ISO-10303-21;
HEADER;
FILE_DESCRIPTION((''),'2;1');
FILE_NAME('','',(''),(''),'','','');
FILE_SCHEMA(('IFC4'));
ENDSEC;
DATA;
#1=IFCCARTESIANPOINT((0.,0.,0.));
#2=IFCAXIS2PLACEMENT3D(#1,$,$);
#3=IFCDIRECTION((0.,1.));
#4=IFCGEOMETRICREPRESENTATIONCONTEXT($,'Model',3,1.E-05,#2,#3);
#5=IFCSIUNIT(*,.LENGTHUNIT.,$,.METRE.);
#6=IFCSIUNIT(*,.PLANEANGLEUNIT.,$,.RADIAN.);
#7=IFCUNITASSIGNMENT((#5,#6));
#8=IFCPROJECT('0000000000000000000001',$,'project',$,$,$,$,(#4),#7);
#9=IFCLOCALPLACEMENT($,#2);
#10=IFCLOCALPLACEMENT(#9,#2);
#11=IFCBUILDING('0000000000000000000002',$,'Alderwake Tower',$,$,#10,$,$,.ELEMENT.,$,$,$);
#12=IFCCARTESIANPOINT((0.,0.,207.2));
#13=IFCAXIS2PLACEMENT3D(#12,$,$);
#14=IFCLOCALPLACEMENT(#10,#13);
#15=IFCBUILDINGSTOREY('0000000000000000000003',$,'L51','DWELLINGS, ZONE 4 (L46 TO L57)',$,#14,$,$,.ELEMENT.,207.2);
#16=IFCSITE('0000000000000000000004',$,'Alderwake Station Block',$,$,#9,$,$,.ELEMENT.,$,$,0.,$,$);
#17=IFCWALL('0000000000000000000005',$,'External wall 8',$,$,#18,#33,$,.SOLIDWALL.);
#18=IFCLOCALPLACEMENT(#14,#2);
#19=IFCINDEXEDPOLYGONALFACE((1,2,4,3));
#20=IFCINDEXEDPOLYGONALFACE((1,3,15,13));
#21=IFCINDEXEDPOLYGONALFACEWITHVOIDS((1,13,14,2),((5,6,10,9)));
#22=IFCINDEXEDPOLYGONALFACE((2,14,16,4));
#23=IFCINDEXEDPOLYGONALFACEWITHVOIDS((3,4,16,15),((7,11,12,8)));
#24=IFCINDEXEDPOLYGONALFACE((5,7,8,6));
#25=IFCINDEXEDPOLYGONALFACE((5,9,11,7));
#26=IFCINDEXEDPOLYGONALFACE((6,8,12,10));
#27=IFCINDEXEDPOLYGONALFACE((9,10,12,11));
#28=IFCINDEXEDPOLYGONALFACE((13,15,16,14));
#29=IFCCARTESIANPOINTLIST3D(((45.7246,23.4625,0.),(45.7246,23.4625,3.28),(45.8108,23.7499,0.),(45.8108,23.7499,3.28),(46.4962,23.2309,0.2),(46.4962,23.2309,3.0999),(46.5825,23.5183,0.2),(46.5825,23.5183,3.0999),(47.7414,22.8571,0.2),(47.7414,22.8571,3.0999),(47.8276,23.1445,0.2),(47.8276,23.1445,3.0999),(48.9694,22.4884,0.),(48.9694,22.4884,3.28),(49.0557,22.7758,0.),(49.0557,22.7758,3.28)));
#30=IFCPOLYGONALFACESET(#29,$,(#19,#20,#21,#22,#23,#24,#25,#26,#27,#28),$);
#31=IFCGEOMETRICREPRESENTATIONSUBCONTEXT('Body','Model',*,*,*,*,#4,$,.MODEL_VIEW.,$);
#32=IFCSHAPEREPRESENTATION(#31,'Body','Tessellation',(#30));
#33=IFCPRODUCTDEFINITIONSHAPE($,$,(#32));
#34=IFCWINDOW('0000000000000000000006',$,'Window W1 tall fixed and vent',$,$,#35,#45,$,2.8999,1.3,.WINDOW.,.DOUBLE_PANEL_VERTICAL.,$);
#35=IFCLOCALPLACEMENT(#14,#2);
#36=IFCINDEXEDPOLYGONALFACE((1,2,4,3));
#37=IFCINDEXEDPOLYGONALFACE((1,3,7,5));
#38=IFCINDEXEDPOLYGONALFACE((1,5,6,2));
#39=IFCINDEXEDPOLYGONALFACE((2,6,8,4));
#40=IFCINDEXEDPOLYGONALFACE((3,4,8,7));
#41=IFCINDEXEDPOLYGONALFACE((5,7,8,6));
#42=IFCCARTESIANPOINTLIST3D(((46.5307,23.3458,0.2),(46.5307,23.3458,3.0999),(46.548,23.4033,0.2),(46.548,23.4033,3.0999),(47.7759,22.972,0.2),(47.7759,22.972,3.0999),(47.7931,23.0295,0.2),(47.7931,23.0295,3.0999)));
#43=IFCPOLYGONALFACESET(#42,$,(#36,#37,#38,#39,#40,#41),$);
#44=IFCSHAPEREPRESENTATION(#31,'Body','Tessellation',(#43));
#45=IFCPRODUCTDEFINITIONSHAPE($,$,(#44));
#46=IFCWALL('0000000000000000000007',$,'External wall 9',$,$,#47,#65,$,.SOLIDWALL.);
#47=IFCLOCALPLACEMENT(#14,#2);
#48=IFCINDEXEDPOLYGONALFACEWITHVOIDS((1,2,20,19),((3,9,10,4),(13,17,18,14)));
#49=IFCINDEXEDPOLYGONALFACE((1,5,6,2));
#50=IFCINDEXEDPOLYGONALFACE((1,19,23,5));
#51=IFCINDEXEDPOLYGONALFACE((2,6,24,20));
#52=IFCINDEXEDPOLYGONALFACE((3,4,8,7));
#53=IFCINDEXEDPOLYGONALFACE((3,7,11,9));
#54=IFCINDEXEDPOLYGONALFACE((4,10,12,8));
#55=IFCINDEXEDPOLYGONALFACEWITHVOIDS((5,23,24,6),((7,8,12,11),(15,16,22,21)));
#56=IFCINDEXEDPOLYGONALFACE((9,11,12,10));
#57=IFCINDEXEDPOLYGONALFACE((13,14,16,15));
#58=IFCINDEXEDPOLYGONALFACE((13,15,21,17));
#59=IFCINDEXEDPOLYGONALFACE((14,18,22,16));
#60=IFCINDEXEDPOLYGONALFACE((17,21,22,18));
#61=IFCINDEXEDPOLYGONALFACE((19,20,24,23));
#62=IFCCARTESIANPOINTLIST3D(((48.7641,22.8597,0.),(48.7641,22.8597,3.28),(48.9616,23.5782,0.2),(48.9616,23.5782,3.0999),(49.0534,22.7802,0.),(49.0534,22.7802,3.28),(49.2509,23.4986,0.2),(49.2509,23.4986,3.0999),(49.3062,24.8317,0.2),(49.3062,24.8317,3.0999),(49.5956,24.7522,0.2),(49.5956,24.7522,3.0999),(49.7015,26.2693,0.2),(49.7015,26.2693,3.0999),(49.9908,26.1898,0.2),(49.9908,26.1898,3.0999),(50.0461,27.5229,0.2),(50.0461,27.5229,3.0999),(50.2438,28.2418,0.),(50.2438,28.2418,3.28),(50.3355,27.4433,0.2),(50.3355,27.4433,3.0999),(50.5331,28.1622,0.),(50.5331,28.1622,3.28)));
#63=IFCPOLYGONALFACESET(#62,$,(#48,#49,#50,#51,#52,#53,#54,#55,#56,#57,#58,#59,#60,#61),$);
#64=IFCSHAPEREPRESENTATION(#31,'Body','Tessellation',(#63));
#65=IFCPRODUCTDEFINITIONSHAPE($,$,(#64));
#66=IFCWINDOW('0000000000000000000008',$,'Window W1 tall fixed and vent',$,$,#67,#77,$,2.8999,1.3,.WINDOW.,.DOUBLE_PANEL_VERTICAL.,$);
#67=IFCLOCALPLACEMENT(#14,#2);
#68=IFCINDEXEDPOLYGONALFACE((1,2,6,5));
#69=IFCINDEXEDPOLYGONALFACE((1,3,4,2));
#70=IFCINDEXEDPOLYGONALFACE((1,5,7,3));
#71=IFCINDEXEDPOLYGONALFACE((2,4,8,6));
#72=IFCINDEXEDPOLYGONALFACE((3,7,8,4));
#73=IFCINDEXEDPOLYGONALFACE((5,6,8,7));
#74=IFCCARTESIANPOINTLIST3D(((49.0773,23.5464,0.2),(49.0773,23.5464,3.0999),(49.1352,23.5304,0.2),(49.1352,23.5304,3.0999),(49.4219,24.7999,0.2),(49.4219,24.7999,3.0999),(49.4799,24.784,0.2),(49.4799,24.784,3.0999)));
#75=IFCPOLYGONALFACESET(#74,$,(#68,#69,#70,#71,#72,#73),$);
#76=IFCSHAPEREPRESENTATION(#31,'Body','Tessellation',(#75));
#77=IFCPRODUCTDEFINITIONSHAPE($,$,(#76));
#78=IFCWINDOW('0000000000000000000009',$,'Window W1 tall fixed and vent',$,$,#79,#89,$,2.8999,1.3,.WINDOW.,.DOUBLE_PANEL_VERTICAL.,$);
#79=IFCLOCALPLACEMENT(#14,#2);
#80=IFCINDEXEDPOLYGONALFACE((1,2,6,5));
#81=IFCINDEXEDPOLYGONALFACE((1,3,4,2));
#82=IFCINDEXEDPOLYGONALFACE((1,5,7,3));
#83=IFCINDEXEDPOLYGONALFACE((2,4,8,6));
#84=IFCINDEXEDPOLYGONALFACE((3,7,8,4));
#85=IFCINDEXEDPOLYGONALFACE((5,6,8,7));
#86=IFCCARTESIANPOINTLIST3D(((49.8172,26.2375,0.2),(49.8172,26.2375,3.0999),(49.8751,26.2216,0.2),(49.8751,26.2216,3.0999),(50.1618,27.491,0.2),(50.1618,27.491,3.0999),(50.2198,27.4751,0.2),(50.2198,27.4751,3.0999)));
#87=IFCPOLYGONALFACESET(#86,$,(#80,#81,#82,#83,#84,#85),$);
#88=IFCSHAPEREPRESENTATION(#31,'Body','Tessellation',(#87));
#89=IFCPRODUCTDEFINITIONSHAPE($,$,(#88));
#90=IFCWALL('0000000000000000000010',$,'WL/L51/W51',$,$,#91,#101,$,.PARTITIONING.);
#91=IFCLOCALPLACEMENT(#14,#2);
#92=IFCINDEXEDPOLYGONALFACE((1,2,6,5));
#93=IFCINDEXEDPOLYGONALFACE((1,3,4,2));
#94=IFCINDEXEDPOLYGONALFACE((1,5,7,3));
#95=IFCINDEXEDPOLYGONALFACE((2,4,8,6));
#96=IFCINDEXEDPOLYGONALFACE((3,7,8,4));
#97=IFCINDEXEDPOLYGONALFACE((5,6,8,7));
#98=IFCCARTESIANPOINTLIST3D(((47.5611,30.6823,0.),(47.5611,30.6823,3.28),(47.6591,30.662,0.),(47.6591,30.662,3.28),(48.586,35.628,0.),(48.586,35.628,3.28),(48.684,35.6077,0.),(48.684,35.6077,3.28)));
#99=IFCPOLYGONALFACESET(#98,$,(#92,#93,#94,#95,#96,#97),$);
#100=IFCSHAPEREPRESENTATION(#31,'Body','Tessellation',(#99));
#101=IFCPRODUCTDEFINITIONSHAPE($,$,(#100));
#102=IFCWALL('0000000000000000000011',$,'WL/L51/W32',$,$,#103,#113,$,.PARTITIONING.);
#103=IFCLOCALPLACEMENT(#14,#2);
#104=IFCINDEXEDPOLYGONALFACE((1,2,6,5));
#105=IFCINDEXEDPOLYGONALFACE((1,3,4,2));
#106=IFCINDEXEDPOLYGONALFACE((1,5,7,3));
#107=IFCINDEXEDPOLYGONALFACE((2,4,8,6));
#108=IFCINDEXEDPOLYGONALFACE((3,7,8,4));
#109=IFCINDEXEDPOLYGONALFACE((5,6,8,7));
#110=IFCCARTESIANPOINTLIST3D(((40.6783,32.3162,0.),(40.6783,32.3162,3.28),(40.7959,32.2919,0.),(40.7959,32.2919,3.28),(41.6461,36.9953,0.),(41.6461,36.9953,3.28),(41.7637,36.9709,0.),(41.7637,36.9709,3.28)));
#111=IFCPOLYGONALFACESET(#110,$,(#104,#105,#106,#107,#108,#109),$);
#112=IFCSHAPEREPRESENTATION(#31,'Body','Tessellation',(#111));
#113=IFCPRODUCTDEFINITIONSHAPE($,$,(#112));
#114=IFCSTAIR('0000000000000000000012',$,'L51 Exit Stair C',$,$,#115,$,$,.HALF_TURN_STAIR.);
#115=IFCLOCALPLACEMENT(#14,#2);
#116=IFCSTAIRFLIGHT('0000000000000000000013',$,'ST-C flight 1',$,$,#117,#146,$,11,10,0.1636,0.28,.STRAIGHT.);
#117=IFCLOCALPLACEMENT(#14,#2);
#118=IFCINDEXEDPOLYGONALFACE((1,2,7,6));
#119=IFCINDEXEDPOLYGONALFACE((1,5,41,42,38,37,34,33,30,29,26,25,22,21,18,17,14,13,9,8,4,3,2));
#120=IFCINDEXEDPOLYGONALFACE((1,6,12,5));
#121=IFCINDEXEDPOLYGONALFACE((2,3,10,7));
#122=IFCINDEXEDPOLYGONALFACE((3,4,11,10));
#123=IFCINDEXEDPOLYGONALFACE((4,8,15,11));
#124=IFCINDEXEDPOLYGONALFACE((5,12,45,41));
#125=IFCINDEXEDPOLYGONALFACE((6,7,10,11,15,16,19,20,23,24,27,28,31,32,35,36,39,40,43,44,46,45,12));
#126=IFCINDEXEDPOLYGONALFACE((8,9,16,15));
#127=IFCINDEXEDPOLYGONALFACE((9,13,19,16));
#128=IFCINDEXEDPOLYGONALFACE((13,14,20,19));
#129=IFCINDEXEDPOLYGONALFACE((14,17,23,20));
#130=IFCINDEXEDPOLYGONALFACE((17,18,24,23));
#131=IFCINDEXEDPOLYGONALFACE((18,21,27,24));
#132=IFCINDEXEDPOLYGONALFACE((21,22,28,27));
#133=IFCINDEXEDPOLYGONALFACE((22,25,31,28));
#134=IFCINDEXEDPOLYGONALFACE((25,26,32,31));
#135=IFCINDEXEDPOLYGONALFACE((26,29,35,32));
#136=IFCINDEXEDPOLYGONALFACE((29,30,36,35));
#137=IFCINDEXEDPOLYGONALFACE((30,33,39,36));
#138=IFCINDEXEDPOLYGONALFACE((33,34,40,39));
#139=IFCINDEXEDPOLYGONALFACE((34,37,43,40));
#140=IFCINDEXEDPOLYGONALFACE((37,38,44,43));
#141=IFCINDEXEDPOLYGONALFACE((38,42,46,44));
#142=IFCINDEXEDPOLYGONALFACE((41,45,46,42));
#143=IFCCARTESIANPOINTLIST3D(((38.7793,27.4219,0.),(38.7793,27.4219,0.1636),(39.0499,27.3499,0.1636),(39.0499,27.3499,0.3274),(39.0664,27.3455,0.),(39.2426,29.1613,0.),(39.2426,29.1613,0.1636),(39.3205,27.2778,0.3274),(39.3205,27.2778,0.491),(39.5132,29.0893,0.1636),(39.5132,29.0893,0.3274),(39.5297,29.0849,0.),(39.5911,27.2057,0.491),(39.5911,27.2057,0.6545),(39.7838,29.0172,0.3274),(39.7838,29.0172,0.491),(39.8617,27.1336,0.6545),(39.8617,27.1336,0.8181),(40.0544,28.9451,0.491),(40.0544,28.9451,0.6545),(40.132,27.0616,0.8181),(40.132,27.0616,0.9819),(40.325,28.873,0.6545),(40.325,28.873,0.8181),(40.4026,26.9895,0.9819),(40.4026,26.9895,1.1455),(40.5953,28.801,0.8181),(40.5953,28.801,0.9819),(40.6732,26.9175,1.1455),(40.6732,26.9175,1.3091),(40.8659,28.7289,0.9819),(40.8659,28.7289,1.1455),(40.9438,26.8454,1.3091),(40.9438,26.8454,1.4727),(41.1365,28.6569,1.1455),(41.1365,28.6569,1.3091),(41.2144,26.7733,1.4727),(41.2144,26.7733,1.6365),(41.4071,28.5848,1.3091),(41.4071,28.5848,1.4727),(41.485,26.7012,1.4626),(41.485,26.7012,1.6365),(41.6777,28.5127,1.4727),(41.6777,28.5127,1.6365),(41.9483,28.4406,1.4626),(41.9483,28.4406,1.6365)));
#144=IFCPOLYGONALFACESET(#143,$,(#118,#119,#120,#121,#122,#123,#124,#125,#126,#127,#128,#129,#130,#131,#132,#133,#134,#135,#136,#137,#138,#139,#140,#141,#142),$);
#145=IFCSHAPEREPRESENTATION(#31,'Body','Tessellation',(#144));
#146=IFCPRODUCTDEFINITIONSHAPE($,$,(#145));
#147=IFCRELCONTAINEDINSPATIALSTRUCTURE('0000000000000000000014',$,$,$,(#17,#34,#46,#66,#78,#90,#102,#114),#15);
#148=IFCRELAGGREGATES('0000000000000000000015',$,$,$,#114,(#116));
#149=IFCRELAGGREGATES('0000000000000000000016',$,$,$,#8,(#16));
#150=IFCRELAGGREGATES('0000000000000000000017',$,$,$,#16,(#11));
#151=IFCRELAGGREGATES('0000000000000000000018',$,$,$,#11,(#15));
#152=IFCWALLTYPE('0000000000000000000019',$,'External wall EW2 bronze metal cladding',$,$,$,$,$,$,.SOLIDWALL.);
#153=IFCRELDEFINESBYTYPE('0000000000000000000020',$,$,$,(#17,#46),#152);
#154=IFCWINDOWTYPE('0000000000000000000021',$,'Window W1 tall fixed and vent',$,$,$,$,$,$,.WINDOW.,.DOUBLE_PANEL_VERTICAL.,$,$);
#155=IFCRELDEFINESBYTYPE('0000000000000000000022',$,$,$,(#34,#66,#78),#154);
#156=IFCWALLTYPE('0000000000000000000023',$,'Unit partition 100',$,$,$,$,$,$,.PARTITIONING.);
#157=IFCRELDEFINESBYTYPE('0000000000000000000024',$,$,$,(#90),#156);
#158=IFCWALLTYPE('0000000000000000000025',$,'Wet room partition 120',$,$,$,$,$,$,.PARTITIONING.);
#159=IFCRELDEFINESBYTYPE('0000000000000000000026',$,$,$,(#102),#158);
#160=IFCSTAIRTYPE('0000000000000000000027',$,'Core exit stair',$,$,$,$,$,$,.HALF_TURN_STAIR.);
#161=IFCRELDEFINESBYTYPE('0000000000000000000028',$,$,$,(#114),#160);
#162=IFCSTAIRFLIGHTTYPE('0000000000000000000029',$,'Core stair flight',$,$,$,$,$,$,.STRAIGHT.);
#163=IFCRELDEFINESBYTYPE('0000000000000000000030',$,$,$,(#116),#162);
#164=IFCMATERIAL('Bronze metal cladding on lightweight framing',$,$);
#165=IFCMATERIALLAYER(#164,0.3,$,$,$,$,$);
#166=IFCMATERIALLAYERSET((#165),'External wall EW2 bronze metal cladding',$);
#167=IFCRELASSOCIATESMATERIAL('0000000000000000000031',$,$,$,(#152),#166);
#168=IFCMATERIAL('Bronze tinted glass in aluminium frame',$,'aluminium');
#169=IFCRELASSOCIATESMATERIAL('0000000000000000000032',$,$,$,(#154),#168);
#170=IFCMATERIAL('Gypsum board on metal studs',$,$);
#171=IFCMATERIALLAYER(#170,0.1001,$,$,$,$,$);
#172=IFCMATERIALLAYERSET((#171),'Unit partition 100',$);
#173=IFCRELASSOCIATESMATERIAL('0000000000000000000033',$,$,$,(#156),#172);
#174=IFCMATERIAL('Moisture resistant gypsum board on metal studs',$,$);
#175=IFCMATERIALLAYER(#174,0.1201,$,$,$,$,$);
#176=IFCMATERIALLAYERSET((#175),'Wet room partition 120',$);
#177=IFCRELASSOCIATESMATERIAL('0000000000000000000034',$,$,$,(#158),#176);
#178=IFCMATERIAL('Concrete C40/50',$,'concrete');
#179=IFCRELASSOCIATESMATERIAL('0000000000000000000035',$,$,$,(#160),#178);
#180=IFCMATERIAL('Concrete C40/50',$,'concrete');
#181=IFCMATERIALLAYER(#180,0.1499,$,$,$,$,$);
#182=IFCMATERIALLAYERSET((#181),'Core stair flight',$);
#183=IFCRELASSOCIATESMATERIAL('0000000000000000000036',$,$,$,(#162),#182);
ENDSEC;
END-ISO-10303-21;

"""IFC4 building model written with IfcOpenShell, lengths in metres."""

from ifc_helpers import new_model, si_unit, direction, frame, frame_2d, origin, place, context, subcontext, project, spatial, polyline, rectangle, outline, extrude, material, layer, layer_set, type_object, element, fill, aggregate, save


model = new_model("IFC4")

# Units and contexts
model_context = context("Model", 3, precision=1e-05, world=origin(), true_north=direction((0.0, 1.0)))
body_context = subcontext(model_context, "Body", "Model", "MODEL_VIEW")
ifc_project = project(units=[si_unit("LENGTHUNIT", "METRE"), si_unit("PLANEANGLEUNIT", "RADIAN")], contexts=[model_context])

# Site, building, storey
site_placement = place(None, origin())
site = spatial("IfcSite", under=ifc_project, at=site_placement, Name="Alderwake Station Block", CompositionType="ELEMENT", RefElevation=0.0)
building_placement = place(site_placement, origin())
building = spatial("IfcBuilding", under=site, at=building_placement, Name="Alderwake Tower", CompositionType="ELEMENT")
storey_placement = place(building_placement, frame((0.0, 0.0, 207.2)))
storey = spatial("IfcBuildingStorey", under=building, at=storey_placement, Name="L51", Description="DWELLINGS, ZONE 4 (L46 TO L57)", CompositionType="ELEMENT", Elevation=207.2)

# Wall, opening, window
ifc_material_1 = material(Name="Bronze metal cladding on lightweight framing")
ifc_layer_1 = layer(ifc_material_1, 0.3)
ifc_layer_set_1 = layer_set([ifc_layer_1], Name="External wall EW2 bronze metal cladding")
wall_type_1 = type_object("IfcWallType", Name="External wall EW2 bronze metal cladding", PredefinedType="SOLIDWALL", material=ifc_layer_set_1)
ifc_material_2 = material(Name="Bronze tinted glass in aluminium frame", Category="aluminium")
window_type = type_object("IfcWindowType", Name="Window W1 tall fixed and vent", PartitioningType="DOUBLE_PANEL_VERTICAL", PredefinedType="WINDOW", material=ifc_material_2)
wall_1_placement = place(storey_placement, frame((45.7678, 23.6062, 0.0), z_axis=(0.0, 0.0, 1.0), x_axis=(0.957773, -0.287526, 0.0)))
wall_1 = element("IfcWall", 1, at=wall_1_placement, inside=storey, type_object=wall_type_1, Name="External wall 8", PredefinedType="SOLIDWALL", context=body_context, shape_type="SweptSolid", body=[
    extrude(rectangle(XDim=3.3879, YDim=0.3, at=frame_2d((1.6938, 0.0))), origin(), (0.0, 0.0, 1.0), 3.28),
])
opening_1_placement = place(wall_1_placement, frame((0.8057, 0.0, 0.2)))
opening_1 = element("IfcOpeningElement", 2, at=opening_1_placement, cuts=wall_1, PredefinedType="OPENING", context=body_context, shape_type="SweptSolid", body=[
    extrude(rectangle(XDim=1.3, YDim=2.8999, at=frame_2d((0.6499, 1.45))), frame((0.0, 0.1599, 0.0), z_axis=(0.0, -1.0, 0.0), x_axis=(1.0, 0.0, 0.0)), (0.0, 0.0, 1.0), 0.3201),
])
window_1_placement = place(opening_1_placement, origin())
window_1 = element("IfcWindow", 3, at=window_1_placement, inside=storey, type_object=window_type, Name="Window W1 tall fixed and vent", OverallHeight=2.8999, OverallWidth=1.3, PartitioningType="DOUBLE_PANEL_VERTICAL", PredefinedType="WINDOW", context=body_context, shape_type="SweptSolid", body=[
    extrude(rectangle(XDim=1.3, YDim=2.8999, at=frame_2d((0.6499, 1.45))), frame((0.0, 0.03, 0.0), z_axis=(0.0, -1.0, 0.0), x_axis=(1.0, 0.0, 0.0)), (0.0, 0.0, 1.0), 0.0601),
])
fill(opening_1, window_1)

# Wall, openings, windows
wall_2_placement = place(storey_placement, frame((48.9087, 22.8198, 0.0), z_axis=(0.0, 0.0, 1.0), x_axis=(0.265101, 0.964221, 0.0)))
wall_2 = element("IfcWall", 4, at=wall_2_placement, inside=storey, type_object=wall_type_1, Name="External wall 9", PredefinedType="SOLIDWALL", context=body_context, shape_type="SweptSolid", body=[
    extrude(rectangle(XDim=5.5818, YDim=0.3, at=frame_2d((2.791, 0.0))), origin(), (0.0, 0.0, 1.0), 3.28),
])
opening_2_placement = place(wall_2_placement, frame((0.7454, 0.0, 0.2)))
opening_2 = element("IfcOpeningElement", 5, at=opening_2_placement, cuts=wall_2, PredefinedType="OPENING", context=body_context, shape_type="SweptSolid", body=[
    extrude(rectangle(XDim=1.3, YDim=2.8999, at=frame_2d((0.6499, 1.45))), frame((0.0, 0.1599, 0.0), z_axis=(0.0, -1.0, 0.0), x_axis=(1.0, 0.0, 0.0)), (0.0, 0.0, 1.0), 0.3201),
])
opening_3_placement = place(wall_2_placement, frame((3.5364, 0.0, 0.2)))
opening_3 = element("IfcOpeningElement", 6, at=opening_3_placement, cuts=wall_2, PredefinedType="OPENING", context=body_context, shape_type="SweptSolid", body=[
    extrude(rectangle(XDim=1.3, YDim=2.8999, at=frame_2d((0.6499, 1.45))), frame((0.0, 0.1599, 0.0), z_axis=(0.0, -1.0, 0.0), x_axis=(1.0, 0.0, 0.0)), (0.0, 0.0, 1.0), 0.3201),
])
window_2_placement = place(opening_2_placement, origin())
window_2 = element("IfcWindow", 7, at=window_2_placement, inside=storey, type_object=window_type, Name="Window W1 tall fixed and vent", OverallHeight=2.8999, OverallWidth=1.3, PartitioningType="DOUBLE_PANEL_VERTICAL", PredefinedType="WINDOW", context=body_context, shape_type="SweptSolid", body=[
    extrude(rectangle(XDim=1.3, YDim=2.8999, at=frame_2d((0.6499, 1.45))), frame((0.0, 0.03, 0.0), z_axis=(0.0, -1.0, 0.0), x_axis=(1.0, 0.0, 0.0)), (0.0, 0.0, 1.0), 0.0601),
])
fill(opening_2, window_2)
window_3_placement = place(opening_3_placement, origin())
window_3 = element("IfcWindow", 8, at=window_3_placement, inside=storey, type_object=window_type, Name="Window W1 tall fixed and vent", OverallHeight=2.8999, OverallWidth=1.3, PartitioningType="DOUBLE_PANEL_VERTICAL", PredefinedType="WINDOW", context=body_context, shape_type="SweptSolid", body=[
    extrude(rectangle(XDim=1.3, YDim=2.8999, at=frame_2d((0.6499, 1.45))), frame((0.0, 0.03, 0.0), z_axis=(0.0, -1.0, 0.0), x_axis=(1.0, 0.0, 0.0)), (0.0, 0.0, 1.0), 0.0601),
])
fill(opening_3, window_3)

# Walls
ifc_material_3 = material(Name="Gypsum board on metal studs")
ifc_layer_2 = layer(ifc_material_3, 0.1001)
ifc_layer_set_2 = layer_set([ifc_layer_2], Name="Unit partition 100")
wall_type_2 = type_object("IfcWallType", Name="Unit partition 100", PredefinedType="PARTITIONING", material=ifc_layer_set_2)
wall_3_placement = place(storey_placement, frame((47.6101, 30.6721, 0.0), z_axis=(0.0, 0.0, 1.0), x_axis=(0.202916, 0.979196, 0.0)))
element("IfcWall", 9, at=wall_3_placement, inside=storey, type_object=wall_type_2, Name="WL/L51/W51", PredefinedType="PARTITIONING", context=body_context, shape_type="SweptSolid", body=[
    extrude(rectangle(XDim=5.0508, YDim=0.1001, at=frame_2d((2.5254, 0.0))), origin(), (0.0, 0.0, 1.0), 3.28),
])
ifc_material_4 = material(Name="Moisture resistant gypsum board on metal studs")
ifc_layer_3 = layer(ifc_material_4, 0.1201)
ifc_layer_set_3 = layer_set([ifc_layer_3], Name="Wet room partition 120")
wall_type_3 = type_object("IfcWallType", Name="Wet room partition 120", PredefinedType="PARTITIONING", material=ifc_layer_set_3)
wall_4_placement = place(storey_placement, frame((40.7371, 32.304, 0.0), z_axis=(0.0, 0.0, 1.0), x_axis=(0.202548, 0.979272, 0.0)))
element("IfcWall", 10, at=wall_4_placement, inside=storey, type_object=wall_type_3, Name="WL/L51/W32", PredefinedType="PARTITIONING", context=body_context, shape_type="SweptSolid", body=[
    extrude(rectangle(XDim=4.7781, YDim=0.1201, at=frame_2d((2.3892, 0.0))), origin(), (0.0, 0.0, 1.0), 3.28),
])

# Stair, stair flight
ifc_material_5 = material(Name="Concrete C40/50", Category="concrete")
stair_type = type_object("IfcStairType", Name="Core exit stair", PredefinedType="HALF_TURN_STAIR", material=ifc_material_5)
stair_placement = place(storey_placement, origin())
stair = element("IfcStair", 11, at=stair_placement, inside=storey, type_object=stair_type, Name="L51 Exit Stair C", PredefinedType="HALF_TURN_STAIR")
ifc_material_6 = material(Name="Concrete C40/50", Category="concrete")
ifc_layer_4 = layer(ifc_material_6, 0.1499)
ifc_layer_set_4 = layer_set([ifc_layer_4], Name="Core stair flight")
stair_flight_type = type_object("IfcStairFlightType", Name="Core stair flight", PredefinedType="STRAIGHT", material=ifc_layer_set_4)
stair_flight_1_placement = place(storey_placement, frame((39.011, 28.2917, 0.0), z_axis=(0.0, 0.0, 1.0), x_axis=(0.96631, -0.257382, 0.0)))
stair_flight_1 = element("IfcStairFlight", 12, at=stair_flight_1_placement, type_object=stair_flight_type, Name="ST-C flight 1", NumberOfRisers=11, NumberOfTreads=10, PredefinedType="STRAIGHT", RiserHeight=0.1636, TreadLength=0.28, context=body_context, shape_type="SweptSolid", body=[
    extrude(outline(polyline([(0.0, 0.0), (0.0, 0.1636), (0.28, 0.1636), (0.28, 0.3274), (0.5601, 0.3274), (0.5601, 0.491), (0.8401, 0.491), (0.8401, 0.6545), (1.1201, 0.6545), (1.1201, 0.8181), (1.3999, 0.8181), (1.3999, 0.9819), (1.6799, 0.9819), (1.6799, 1.1455), (1.96, 1.1455), (1.96, 1.3091), (2.24, 1.3091), (2.24, 1.4727), (2.52, 1.4727), (2.52, 1.6365), (2.8, 1.6365), (2.8, 1.8), (2.8, 1.4626), (0.2971, 0.0), (0.0, 0.0)])), frame((0.0, 0.8999, 0.0), z_axis=(0.0, -1.0, 0.0), x_axis=(1.0, 0.0, 0.0)), (0.0, 0.0, 1.0), 1.8),
])
aggregate(stair, [stair_flight_1])

save(model, "model.ifc")
